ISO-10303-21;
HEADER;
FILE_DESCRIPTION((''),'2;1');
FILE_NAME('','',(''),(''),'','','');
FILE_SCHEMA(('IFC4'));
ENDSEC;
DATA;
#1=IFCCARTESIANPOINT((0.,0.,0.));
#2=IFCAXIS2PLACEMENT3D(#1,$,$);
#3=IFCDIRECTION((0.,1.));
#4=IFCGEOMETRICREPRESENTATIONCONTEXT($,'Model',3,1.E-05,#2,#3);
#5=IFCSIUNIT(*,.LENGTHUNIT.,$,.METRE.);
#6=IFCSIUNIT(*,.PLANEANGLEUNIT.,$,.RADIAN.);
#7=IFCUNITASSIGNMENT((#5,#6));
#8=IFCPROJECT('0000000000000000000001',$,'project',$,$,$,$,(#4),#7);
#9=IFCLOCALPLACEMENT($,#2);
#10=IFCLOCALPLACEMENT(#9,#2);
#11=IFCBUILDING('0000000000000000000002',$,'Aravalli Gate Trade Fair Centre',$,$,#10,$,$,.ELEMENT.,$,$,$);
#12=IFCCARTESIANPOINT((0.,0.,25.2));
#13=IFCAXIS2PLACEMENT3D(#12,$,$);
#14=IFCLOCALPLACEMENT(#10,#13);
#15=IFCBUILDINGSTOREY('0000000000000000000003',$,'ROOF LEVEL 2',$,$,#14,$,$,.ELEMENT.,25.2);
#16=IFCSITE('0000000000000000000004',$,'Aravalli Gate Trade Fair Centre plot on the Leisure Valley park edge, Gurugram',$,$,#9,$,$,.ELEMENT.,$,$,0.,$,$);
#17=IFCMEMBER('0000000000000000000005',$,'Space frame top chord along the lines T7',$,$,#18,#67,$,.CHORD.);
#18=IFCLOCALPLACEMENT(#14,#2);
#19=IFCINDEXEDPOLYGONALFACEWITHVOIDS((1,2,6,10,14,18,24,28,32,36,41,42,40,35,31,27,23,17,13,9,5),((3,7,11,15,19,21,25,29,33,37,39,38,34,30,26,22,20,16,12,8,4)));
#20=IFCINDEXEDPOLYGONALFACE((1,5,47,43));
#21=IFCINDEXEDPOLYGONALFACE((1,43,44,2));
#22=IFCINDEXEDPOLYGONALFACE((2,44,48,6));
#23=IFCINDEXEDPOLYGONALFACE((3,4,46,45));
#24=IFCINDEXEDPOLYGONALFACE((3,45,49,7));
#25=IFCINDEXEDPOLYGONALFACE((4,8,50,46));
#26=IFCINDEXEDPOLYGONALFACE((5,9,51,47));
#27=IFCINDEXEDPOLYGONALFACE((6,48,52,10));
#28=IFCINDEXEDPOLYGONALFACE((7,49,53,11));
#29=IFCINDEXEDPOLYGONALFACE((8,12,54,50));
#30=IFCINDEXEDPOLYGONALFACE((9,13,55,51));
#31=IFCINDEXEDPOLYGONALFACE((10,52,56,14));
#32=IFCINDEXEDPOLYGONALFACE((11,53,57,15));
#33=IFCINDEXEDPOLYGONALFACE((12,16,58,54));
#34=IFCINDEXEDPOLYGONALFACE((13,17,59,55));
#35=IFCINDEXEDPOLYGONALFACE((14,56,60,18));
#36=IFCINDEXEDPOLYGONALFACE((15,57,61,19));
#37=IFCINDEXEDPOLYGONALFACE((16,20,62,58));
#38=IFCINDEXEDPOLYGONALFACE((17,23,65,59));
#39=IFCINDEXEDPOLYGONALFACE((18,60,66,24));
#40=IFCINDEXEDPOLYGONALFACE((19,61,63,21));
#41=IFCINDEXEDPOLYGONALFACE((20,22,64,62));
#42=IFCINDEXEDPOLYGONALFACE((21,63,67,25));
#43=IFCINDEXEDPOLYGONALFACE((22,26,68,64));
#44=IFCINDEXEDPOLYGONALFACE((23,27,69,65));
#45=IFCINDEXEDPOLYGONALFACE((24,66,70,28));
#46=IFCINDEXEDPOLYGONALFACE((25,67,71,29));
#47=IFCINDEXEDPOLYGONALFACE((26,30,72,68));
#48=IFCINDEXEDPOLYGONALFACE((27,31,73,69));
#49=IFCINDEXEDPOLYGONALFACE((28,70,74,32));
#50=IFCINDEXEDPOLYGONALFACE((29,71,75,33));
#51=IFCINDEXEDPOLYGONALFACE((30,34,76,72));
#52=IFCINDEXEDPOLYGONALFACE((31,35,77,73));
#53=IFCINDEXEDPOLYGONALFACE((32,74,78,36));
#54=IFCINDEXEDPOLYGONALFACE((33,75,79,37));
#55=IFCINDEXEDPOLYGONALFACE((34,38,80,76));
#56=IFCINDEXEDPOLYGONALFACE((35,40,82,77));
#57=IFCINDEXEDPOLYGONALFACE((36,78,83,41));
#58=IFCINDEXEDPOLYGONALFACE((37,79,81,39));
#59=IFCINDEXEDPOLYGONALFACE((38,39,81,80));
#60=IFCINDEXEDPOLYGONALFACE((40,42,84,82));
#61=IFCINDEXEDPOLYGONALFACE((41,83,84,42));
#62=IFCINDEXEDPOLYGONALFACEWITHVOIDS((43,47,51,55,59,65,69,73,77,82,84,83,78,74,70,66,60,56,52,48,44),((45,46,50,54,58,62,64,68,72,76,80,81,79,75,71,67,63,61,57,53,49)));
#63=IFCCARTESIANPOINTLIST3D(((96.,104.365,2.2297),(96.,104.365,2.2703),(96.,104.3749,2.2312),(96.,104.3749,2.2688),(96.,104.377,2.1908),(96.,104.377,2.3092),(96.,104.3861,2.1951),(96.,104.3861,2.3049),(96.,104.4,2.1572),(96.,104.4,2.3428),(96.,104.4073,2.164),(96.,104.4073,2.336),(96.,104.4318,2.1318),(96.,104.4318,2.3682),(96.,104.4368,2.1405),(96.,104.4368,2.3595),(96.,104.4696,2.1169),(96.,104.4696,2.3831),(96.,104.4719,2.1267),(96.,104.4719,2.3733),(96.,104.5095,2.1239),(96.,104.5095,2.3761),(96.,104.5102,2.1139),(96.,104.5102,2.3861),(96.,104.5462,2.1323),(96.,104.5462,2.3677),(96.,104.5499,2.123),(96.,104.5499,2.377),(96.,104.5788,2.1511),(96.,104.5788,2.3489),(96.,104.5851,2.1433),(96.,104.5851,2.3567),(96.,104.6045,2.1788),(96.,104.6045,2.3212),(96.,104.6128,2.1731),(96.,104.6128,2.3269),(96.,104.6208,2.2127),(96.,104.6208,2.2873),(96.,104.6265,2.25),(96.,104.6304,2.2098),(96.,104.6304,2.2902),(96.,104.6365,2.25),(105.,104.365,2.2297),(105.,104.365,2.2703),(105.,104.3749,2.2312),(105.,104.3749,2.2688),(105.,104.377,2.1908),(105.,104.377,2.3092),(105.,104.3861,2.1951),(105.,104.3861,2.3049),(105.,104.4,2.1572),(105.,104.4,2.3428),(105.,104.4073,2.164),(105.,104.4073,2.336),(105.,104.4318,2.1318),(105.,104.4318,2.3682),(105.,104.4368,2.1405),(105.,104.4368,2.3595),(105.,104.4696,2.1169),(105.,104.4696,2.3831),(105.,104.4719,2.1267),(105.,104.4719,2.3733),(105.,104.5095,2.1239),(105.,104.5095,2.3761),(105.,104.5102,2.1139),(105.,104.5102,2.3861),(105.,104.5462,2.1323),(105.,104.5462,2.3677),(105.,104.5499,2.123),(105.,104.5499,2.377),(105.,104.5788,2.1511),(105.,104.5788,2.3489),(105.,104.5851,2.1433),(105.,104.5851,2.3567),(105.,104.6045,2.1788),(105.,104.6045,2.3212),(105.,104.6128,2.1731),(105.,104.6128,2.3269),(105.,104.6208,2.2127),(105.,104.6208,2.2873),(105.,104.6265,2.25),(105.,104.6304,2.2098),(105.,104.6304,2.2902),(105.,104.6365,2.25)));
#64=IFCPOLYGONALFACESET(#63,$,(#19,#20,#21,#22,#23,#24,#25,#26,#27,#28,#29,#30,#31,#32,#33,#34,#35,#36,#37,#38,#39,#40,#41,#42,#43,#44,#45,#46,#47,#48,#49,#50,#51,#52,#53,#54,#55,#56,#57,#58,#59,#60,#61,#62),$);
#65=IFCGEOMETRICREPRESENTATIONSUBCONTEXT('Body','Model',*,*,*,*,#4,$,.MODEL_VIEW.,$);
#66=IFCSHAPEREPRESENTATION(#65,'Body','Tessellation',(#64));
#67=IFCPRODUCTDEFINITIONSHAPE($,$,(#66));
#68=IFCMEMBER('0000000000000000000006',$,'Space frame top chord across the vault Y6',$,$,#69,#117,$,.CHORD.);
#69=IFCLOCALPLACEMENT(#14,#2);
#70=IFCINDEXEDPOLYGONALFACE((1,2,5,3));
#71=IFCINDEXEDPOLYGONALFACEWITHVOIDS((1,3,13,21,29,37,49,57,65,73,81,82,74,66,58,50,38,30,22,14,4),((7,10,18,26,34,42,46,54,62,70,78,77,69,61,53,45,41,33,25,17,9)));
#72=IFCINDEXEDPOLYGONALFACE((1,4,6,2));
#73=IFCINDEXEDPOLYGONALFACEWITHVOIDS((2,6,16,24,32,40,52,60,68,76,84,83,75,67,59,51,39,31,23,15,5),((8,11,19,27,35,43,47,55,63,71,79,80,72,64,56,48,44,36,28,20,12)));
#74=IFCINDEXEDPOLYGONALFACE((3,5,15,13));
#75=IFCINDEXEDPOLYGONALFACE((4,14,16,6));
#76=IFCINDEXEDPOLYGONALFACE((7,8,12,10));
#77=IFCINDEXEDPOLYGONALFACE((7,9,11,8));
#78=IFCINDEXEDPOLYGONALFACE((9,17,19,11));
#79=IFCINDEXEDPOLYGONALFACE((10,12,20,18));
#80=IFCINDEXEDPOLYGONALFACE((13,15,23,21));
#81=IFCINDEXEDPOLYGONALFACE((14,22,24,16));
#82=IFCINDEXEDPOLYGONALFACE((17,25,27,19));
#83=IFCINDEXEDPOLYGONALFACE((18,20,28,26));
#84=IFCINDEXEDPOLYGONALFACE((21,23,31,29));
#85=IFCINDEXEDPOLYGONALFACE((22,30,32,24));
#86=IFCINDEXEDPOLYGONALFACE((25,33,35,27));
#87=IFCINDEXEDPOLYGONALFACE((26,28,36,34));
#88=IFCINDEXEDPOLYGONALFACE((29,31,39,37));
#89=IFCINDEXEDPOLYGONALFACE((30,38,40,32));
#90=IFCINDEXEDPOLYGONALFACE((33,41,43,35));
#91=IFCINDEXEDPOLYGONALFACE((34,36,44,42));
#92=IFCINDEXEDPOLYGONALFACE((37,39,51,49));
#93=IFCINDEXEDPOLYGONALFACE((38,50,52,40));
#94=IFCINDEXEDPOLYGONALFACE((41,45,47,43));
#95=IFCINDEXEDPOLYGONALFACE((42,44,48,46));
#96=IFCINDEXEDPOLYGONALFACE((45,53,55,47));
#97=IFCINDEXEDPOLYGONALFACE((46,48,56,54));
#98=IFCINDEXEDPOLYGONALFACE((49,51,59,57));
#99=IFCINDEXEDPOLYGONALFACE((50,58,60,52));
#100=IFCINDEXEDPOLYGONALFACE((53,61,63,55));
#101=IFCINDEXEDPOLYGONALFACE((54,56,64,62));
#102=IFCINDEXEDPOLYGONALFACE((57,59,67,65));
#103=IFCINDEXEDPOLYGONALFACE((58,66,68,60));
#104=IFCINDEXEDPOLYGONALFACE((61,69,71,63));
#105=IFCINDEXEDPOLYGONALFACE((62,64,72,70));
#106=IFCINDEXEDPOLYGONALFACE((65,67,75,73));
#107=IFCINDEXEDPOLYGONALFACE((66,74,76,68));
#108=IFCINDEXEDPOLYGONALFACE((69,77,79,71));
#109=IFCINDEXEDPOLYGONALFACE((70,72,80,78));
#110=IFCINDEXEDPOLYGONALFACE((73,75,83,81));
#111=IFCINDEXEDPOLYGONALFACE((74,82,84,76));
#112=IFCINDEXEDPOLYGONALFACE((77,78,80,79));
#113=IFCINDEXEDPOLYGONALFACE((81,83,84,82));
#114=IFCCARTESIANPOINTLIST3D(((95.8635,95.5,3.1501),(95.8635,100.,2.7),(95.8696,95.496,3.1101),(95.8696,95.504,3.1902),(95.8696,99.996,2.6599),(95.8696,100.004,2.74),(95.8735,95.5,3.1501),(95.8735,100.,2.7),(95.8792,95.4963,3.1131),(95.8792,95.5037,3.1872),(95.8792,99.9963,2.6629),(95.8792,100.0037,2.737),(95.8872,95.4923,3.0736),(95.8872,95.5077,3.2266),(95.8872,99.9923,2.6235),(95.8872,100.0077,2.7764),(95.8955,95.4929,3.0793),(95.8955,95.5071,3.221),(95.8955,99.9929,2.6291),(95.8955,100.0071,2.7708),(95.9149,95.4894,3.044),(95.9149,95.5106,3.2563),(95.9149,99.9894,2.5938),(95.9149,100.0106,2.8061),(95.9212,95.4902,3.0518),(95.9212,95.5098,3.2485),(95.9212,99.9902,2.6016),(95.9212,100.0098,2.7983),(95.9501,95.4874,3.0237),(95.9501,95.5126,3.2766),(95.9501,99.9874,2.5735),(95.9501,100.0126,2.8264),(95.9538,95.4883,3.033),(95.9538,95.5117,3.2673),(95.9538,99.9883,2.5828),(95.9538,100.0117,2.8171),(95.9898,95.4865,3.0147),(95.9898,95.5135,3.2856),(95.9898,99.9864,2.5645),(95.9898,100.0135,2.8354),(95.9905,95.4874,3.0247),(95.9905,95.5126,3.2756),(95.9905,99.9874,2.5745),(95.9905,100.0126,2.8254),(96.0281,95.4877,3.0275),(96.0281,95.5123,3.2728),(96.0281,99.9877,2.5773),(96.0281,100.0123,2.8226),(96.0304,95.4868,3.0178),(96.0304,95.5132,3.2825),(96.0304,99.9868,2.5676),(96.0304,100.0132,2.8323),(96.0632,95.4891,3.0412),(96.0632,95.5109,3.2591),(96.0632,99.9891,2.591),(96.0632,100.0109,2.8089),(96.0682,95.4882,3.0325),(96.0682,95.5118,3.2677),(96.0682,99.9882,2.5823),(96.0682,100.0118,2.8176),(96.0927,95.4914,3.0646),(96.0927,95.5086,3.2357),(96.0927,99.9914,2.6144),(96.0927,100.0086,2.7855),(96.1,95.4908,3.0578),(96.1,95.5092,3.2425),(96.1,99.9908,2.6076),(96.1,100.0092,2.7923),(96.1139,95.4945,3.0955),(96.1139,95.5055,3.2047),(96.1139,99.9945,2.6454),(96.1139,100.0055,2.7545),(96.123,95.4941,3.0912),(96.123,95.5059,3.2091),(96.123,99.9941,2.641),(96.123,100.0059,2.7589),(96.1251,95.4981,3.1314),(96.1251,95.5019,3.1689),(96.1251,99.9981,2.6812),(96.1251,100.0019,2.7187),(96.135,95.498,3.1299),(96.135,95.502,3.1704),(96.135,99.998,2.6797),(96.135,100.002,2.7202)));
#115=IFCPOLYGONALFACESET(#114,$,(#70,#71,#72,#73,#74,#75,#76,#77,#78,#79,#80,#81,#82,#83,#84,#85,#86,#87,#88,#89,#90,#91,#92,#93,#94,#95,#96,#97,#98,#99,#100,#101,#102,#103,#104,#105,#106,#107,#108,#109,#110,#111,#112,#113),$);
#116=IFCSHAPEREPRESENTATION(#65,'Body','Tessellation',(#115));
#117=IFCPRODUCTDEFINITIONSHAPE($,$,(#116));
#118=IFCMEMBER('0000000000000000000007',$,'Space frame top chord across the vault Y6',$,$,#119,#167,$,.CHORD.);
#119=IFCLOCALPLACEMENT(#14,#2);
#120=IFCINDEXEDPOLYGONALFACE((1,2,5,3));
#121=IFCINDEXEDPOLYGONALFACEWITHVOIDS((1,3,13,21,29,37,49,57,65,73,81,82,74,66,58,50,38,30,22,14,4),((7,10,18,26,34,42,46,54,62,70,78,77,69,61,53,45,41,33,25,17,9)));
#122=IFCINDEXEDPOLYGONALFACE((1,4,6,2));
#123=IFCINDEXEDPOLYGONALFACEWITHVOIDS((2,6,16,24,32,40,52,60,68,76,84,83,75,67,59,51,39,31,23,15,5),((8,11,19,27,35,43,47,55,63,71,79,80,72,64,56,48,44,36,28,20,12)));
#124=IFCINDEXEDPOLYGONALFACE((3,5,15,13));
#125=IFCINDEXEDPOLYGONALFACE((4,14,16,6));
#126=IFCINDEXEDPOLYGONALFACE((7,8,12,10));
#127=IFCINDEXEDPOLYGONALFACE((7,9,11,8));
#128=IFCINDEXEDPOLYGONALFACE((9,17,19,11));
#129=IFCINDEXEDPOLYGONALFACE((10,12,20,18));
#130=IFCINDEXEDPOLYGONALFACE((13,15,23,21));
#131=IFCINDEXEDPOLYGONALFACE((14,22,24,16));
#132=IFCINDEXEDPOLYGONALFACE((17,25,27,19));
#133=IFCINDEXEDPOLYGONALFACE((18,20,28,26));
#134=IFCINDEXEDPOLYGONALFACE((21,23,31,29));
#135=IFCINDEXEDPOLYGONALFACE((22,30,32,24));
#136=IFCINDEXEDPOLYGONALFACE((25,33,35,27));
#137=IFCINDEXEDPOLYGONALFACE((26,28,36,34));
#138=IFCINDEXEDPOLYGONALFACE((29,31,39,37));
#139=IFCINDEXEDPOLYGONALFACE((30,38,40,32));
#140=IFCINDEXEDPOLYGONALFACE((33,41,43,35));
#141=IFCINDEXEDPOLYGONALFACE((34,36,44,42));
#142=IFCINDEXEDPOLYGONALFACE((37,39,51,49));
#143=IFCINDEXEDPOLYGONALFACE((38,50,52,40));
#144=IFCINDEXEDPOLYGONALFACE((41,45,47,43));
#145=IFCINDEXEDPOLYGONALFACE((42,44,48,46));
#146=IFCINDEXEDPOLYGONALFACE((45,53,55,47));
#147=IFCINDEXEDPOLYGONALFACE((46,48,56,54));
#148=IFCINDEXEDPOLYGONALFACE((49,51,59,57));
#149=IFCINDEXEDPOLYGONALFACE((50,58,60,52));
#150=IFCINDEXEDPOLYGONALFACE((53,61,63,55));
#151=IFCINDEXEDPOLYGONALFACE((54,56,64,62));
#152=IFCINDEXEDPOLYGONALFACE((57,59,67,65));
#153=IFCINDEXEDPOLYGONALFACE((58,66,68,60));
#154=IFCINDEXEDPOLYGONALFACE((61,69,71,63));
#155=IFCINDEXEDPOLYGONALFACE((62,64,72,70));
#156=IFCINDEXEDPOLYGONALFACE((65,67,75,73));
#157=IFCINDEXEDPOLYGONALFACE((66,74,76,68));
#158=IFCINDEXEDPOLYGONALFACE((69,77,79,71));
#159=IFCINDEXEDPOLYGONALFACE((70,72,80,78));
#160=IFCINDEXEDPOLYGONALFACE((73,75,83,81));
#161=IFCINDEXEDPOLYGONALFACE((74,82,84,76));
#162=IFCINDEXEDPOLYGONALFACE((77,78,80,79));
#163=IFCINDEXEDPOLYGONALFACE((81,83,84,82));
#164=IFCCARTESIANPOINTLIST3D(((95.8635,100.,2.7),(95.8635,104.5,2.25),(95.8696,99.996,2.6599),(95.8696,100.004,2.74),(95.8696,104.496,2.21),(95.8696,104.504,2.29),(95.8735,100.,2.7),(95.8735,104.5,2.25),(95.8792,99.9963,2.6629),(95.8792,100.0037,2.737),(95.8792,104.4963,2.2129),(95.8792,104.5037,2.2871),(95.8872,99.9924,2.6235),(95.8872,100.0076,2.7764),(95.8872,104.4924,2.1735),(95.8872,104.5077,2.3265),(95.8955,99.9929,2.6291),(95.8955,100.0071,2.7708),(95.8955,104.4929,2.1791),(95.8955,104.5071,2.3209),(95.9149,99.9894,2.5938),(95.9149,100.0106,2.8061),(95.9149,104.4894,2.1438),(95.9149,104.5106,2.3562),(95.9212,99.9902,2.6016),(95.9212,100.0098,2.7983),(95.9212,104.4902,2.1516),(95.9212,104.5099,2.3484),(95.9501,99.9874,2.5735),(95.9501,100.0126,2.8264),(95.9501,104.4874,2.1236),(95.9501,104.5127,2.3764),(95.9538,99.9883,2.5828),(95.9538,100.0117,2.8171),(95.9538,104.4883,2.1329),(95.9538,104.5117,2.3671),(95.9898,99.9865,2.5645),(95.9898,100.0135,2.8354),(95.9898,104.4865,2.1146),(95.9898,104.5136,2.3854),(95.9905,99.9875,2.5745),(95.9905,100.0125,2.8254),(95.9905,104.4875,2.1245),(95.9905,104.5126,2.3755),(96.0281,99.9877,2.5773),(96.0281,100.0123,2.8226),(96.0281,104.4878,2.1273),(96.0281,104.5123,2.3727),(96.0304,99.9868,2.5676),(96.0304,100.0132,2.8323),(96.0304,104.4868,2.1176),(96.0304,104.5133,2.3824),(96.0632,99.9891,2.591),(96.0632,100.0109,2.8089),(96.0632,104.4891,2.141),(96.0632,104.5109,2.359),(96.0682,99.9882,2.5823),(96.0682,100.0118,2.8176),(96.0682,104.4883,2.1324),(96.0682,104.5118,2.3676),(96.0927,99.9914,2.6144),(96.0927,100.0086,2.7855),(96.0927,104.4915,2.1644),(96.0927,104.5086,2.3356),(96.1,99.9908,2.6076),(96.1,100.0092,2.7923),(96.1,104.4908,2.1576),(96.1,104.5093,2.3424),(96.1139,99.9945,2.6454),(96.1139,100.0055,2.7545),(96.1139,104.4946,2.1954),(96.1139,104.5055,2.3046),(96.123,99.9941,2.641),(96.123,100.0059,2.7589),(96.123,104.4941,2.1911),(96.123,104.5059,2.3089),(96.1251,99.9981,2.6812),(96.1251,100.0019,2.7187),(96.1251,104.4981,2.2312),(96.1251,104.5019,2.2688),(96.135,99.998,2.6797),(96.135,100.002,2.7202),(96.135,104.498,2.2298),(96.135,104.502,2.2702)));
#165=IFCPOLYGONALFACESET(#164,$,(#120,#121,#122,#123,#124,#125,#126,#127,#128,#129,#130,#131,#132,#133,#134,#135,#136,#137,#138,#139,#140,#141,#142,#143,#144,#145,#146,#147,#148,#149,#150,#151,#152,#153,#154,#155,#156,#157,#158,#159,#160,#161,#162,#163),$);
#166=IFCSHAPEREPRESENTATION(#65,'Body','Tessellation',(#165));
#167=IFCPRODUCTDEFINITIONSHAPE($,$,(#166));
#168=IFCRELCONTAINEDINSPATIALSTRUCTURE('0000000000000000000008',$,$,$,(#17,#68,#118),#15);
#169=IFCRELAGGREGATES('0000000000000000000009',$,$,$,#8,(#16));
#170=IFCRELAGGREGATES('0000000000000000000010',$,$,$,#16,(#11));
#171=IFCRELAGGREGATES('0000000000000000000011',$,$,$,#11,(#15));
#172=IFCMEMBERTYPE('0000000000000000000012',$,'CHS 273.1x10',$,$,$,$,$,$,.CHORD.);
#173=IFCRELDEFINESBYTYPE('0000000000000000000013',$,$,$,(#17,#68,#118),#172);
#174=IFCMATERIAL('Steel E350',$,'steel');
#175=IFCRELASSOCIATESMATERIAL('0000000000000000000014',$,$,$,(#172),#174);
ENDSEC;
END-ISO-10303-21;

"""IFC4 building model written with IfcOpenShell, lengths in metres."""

from ifc_helpers import new_model, si_unit, direction, frame, origin, origin_2d, place, context, subcontext, project, spatial, hollow_circle, extrude, material, material_profile, profile_set, type_object, element, save


model = new_model("IFC4")

# Units and contexts
model_context = context("Model", 3, precision=1e-05, world=origin(), true_north=direction((0.0, 1.0)))
body_context = subcontext(model_context, "Body", "Model", "MODEL_VIEW")
ifc_project = project(units=[si_unit("LENGTHUNIT", "METRE"), si_unit("PLANEANGLEUNIT", "RADIAN")], contexts=[model_context])

# Site, building, storey
site_placement = place(None, origin())
site = spatial("IfcSite", under=ifc_project, at=site_placement, Name="Aravalli Gate Trade Fair Centre plot on the Leisure Valley park edge, Gurugram", CompositionType="ELEMENT", RefElevation=0.0)
building_placement = place(site_placement, origin())
building = spatial("IfcBuilding", under=site, at=building_placement, Name="Aravalli Gate Trade Fair Centre", CompositionType="ELEMENT")
storey_placement = place(building_placement, frame((0.0, 0.0, 25.2)))
storey = spatial("IfcBuildingStorey", under=building, at=storey_placement, Name="ROOF LEVEL 2", CompositionType="ELEMENT", Elevation=25.2)

# Members
ifc_material_1 = material(Name="Steel E350", Category="steel")
ifc_material_profile_1 = material_profile(ifc_material_1, hollow_circle(Radius=0.1365, WallThickness=0.01, at=origin_2d()), Name="CHS 273.1x10")
ifc_profile_set_1 = profile_set([ifc_material_profile_1], Name="Steel E350")
member_type_1 = type_object("IfcMemberType", Name="CHS 273.1x10", PredefinedType="CHORD", material=ifc_profile_set_1)
for number, where, z_axis, x_axis, name in (
    (1, (96.0, 104.5, 2.25), (1.0, 0.0, 0.0), (0.0, 1.0, 0.0), "Space frame top chord along the lines T7"),
):
    element("IfcMember", number, at=place(storey_placement, frame(where, z_axis=z_axis, x_axis=x_axis)), inside=storey, type_object=member_type_1, Name=name, PredefinedType="CHORD", context=body_context, shape_type="SweptSolid", body=[
        extrude(hollow_circle(Radius=0.1365, WallThickness=0.01, at=origin_2d()), origin(), (0.0, 0.0, 1.0), 9.0),
    ])
for number, where, z_axis, x_axis, name in (
    (2, (96.0, 95.5, 3.1501), (0.0, 0.995033, -0.099546), (-1.0, 0.0, 0.0), "Space frame top chord across the vault Y6"),
    (3, (96.0, 100.0, 2.7), (0.0, 0.995038, -0.099493), (-1.0, 0.0, 0.0), "Space frame top chord across the vault Y6"),
):
    element("IfcMember", number, at=place(storey_placement, frame(where, z_axis=z_axis, x_axis=x_axis)), inside=storey, type_object=member_type_1, Name=name, PredefinedType="CHORD", context=body_context, shape_type="SweptSolid", body=[
        extrude(hollow_circle(Radius=0.1365, WallThickness=0.01, at=origin_2d()), origin(), (0.0, 0.0, 1.0), 4.5225),
    ])

save(model, "model.ifc")
